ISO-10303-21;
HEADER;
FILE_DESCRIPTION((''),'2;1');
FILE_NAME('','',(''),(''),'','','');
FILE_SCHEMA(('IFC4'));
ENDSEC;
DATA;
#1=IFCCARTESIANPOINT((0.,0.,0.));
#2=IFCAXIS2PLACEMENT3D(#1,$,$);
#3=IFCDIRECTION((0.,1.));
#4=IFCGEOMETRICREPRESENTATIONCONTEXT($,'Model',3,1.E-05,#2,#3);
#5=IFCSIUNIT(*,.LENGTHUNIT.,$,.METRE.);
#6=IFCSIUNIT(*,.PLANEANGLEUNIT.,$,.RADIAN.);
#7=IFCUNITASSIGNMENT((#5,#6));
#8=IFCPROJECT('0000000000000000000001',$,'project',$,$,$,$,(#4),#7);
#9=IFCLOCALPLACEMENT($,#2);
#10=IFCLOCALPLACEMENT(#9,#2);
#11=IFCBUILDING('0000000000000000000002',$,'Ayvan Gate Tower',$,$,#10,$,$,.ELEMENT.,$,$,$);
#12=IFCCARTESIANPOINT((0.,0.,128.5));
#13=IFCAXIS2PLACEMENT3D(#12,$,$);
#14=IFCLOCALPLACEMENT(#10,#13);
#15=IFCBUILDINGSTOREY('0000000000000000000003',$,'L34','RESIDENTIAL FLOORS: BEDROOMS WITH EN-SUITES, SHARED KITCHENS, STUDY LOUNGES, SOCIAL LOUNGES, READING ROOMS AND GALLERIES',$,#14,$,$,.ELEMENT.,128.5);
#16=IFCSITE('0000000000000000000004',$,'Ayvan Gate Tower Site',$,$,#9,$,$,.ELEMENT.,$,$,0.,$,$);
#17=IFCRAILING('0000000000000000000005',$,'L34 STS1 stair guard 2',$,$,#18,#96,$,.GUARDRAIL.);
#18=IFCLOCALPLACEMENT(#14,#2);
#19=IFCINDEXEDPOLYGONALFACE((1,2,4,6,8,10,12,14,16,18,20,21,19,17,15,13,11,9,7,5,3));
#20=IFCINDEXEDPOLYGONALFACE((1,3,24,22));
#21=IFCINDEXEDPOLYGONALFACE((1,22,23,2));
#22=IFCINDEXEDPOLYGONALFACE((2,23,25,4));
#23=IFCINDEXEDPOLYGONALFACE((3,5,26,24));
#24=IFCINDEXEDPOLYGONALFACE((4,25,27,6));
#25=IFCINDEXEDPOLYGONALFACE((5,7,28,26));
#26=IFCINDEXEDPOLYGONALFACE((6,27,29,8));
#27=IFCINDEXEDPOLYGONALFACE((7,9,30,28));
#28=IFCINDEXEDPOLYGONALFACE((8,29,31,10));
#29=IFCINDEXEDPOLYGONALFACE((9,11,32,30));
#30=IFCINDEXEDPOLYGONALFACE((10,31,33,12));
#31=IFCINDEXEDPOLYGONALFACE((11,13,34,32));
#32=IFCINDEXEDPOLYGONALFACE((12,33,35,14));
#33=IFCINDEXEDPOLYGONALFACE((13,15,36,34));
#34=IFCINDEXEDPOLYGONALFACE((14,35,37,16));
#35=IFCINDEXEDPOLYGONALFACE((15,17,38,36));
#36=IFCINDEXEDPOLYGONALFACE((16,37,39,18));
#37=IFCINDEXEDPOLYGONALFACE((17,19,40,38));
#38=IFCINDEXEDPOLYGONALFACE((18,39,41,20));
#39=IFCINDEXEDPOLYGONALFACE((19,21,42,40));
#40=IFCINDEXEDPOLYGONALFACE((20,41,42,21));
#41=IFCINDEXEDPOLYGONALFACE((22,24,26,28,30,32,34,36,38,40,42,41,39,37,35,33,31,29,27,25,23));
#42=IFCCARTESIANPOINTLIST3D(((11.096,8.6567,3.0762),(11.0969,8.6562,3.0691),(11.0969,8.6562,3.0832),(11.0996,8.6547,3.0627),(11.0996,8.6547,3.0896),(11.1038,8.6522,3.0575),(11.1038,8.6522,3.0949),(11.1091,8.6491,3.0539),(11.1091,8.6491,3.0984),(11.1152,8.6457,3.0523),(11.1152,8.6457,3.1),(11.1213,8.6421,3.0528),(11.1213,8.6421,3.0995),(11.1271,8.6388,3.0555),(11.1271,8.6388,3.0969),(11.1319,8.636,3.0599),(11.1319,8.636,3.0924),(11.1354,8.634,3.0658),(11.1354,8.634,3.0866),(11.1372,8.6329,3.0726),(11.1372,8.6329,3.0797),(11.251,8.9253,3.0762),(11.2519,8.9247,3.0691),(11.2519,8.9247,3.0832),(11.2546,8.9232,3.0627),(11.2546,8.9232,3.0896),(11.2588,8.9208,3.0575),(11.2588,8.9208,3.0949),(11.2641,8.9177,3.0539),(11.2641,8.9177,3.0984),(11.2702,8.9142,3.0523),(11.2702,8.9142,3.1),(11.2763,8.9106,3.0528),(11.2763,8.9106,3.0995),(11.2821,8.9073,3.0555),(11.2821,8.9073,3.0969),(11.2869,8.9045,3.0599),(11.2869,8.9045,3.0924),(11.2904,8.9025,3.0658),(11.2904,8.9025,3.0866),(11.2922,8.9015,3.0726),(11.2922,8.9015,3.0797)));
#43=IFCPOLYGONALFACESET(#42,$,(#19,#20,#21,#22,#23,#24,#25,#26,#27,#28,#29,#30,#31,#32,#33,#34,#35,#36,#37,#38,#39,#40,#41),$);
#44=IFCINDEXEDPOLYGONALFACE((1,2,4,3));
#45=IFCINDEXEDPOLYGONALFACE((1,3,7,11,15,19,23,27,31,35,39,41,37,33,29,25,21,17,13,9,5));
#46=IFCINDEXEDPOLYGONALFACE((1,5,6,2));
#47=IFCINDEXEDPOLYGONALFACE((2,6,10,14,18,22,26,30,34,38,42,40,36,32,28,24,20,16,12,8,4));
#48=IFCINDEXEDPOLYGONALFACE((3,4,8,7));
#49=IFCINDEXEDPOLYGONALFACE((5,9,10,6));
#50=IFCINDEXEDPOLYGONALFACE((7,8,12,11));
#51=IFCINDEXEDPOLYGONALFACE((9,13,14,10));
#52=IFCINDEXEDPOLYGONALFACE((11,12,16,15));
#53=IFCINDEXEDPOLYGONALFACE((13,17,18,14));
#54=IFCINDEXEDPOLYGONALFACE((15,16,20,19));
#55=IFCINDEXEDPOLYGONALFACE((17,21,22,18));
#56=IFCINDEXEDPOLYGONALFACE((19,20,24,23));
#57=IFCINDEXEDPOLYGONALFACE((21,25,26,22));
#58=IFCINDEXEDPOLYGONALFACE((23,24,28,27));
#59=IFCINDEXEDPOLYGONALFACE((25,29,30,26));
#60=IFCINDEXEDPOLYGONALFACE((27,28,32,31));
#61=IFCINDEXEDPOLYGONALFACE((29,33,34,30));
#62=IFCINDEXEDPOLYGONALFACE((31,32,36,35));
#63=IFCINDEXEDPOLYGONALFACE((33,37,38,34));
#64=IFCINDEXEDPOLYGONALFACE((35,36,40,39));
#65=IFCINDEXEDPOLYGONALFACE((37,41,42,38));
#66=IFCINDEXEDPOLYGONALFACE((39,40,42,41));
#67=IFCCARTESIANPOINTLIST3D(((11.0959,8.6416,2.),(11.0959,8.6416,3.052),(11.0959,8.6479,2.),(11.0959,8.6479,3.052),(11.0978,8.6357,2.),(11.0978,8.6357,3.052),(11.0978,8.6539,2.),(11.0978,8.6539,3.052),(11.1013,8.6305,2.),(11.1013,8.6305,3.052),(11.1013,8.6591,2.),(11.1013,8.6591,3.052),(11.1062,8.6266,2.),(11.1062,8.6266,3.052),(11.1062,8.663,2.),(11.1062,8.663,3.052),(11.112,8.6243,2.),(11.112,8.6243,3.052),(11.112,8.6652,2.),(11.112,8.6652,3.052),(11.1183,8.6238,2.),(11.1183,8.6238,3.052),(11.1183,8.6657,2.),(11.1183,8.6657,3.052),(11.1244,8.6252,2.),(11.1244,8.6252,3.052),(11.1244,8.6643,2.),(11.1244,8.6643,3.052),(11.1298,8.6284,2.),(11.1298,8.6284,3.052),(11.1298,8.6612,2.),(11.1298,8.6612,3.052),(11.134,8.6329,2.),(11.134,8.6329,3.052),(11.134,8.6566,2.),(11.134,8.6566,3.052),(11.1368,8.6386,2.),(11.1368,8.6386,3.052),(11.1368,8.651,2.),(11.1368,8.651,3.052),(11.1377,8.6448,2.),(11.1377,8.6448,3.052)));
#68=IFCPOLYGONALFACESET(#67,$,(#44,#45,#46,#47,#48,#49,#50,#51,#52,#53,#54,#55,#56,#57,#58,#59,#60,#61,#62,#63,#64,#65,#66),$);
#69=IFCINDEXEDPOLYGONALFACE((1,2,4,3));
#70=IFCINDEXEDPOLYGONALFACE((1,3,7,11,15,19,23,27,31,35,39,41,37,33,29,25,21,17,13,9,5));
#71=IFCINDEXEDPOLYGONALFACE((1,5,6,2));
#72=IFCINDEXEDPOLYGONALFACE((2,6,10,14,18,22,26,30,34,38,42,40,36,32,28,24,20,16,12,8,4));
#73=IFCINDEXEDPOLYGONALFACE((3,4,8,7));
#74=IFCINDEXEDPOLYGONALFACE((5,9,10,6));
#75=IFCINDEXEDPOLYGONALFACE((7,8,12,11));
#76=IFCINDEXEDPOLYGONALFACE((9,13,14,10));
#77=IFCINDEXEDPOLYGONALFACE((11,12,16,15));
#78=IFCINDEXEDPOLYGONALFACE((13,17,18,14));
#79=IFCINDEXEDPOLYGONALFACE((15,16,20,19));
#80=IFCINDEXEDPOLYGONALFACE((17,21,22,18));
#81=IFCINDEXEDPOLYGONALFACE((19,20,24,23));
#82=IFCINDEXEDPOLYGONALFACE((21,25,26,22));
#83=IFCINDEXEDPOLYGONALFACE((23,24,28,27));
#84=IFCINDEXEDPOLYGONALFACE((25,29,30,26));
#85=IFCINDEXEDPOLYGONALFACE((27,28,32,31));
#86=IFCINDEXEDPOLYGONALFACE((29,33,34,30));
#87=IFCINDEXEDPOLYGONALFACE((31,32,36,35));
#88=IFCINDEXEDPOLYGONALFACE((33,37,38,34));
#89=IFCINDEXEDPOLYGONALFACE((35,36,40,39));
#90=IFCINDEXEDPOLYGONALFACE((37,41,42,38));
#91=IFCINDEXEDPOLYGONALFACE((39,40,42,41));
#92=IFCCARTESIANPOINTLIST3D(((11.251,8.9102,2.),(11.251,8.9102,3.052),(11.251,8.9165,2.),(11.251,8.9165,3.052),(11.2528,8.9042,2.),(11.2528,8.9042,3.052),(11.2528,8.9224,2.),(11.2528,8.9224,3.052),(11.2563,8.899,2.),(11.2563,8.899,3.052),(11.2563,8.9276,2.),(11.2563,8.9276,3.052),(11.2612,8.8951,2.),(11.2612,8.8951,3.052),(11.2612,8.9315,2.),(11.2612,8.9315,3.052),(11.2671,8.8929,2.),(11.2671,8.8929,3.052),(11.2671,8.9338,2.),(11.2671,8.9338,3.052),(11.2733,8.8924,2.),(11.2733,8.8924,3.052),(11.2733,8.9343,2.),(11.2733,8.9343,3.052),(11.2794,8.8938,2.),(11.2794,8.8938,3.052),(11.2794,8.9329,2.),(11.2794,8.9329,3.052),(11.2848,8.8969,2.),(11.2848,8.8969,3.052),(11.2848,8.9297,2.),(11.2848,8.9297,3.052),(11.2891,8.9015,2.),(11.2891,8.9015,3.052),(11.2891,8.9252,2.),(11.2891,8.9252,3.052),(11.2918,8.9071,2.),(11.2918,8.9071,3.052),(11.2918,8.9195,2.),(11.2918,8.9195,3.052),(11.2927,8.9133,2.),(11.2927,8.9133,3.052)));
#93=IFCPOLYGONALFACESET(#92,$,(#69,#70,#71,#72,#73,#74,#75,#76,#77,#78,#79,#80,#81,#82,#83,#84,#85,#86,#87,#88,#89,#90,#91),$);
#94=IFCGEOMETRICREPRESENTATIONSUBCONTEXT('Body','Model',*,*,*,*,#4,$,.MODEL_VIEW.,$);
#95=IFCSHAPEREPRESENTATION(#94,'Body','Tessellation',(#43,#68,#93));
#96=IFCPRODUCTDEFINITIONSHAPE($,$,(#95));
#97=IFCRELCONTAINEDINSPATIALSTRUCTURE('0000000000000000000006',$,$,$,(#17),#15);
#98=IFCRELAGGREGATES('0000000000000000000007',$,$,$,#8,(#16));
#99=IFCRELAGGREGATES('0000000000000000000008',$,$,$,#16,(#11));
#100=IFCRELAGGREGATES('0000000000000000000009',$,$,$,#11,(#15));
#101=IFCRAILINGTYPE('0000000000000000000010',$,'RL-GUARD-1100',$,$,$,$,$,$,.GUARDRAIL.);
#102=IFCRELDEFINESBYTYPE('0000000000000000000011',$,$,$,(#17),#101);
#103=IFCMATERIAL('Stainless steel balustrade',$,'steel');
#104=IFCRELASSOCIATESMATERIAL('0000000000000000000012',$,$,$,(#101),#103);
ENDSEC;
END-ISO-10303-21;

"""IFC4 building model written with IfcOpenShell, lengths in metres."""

from ifc_helpers import new_model, si_unit, direction, frame, origin, origin_2d, place, context, subcontext, project, spatial, circle, extrude, material, type_object, element, save


model = new_model("IFC4")

# Units and contexts
model_context = context("Model", 3, precision=1e-05, world=origin(), true_north=direction((0.0, 1.0)))
body_context = subcontext(model_context, "Body", "Model", "MODEL_VIEW")
ifc_project = project(units=[si_unit("LENGTHUNIT", "METRE"), si_unit("PLANEANGLEUNIT", "RADIAN")], contexts=[model_context])

# Site, building, storey
site_placement = place(None, origin())
site = spatial("IfcSite", under=ifc_project, at=site_placement, Name="Ayvan Gate Tower Site", CompositionType="ELEMENT", RefElevation=0.0)
building_placement = place(site_placement, origin())
building = spatial("IfcBuilding", under=site, at=building_placement, Name="Ayvan Gate Tower", CompositionType="ELEMENT")
storey_placement = place(building_placement, frame((0.0, 0.0, 128.5)))
storey = spatial("IfcBuildingStorey", under=building, at=storey_placement, Name="L34", Description="RESIDENTIAL FLOORS: BEDROOMS WITH EN-SUITES, SHARED KITCHENS, STUDY LOUNGES, SOCIAL LOUNGES, READING ROOMS AND GALLERIES", CompositionType="ELEMENT", Elevation=128.5)

# Railing
ifc_material_1 = material(Name="Stainless steel balustrade", Category="steel")
railing_type_1 = type_object("IfcRailingType", Name="RL-GUARD-1100", PredefinedType="GUARDRAIL", material=ifc_material_1)
railing_1_placement = place(storey_placement, frame((11.1167, 8.6448, 2.0)))
element("IfcRailing", 1, at=railing_1_placement, inside=storey, type_object=railing_type_1, Name="L34 STS1 stair guard 2", PredefinedType="GUARDRAIL", context=body_context, shape_type="SweptSolid", body=[
    extrude(circle(Radius=0.0239, at=origin_2d()), frame((0.0, 0.0, 1.0762), z_axis=(0.49995, 0.866054, 0.0), x_axis=(-0.866054, 0.49995, 0.0)), (0.0, 0.0, 1.0), 0.3101),
    extrude(circle(Radius=0.021, at=origin_2d()), origin(), (0.0, 0.0, 1.0), 1.052),
    extrude(circle(Radius=0.021, at=origin_2d()), frame((0.155, 0.2686, 0.0)), (0.0, 0.0, 1.0), 1.052),
])

save(model, "model.ifc")
